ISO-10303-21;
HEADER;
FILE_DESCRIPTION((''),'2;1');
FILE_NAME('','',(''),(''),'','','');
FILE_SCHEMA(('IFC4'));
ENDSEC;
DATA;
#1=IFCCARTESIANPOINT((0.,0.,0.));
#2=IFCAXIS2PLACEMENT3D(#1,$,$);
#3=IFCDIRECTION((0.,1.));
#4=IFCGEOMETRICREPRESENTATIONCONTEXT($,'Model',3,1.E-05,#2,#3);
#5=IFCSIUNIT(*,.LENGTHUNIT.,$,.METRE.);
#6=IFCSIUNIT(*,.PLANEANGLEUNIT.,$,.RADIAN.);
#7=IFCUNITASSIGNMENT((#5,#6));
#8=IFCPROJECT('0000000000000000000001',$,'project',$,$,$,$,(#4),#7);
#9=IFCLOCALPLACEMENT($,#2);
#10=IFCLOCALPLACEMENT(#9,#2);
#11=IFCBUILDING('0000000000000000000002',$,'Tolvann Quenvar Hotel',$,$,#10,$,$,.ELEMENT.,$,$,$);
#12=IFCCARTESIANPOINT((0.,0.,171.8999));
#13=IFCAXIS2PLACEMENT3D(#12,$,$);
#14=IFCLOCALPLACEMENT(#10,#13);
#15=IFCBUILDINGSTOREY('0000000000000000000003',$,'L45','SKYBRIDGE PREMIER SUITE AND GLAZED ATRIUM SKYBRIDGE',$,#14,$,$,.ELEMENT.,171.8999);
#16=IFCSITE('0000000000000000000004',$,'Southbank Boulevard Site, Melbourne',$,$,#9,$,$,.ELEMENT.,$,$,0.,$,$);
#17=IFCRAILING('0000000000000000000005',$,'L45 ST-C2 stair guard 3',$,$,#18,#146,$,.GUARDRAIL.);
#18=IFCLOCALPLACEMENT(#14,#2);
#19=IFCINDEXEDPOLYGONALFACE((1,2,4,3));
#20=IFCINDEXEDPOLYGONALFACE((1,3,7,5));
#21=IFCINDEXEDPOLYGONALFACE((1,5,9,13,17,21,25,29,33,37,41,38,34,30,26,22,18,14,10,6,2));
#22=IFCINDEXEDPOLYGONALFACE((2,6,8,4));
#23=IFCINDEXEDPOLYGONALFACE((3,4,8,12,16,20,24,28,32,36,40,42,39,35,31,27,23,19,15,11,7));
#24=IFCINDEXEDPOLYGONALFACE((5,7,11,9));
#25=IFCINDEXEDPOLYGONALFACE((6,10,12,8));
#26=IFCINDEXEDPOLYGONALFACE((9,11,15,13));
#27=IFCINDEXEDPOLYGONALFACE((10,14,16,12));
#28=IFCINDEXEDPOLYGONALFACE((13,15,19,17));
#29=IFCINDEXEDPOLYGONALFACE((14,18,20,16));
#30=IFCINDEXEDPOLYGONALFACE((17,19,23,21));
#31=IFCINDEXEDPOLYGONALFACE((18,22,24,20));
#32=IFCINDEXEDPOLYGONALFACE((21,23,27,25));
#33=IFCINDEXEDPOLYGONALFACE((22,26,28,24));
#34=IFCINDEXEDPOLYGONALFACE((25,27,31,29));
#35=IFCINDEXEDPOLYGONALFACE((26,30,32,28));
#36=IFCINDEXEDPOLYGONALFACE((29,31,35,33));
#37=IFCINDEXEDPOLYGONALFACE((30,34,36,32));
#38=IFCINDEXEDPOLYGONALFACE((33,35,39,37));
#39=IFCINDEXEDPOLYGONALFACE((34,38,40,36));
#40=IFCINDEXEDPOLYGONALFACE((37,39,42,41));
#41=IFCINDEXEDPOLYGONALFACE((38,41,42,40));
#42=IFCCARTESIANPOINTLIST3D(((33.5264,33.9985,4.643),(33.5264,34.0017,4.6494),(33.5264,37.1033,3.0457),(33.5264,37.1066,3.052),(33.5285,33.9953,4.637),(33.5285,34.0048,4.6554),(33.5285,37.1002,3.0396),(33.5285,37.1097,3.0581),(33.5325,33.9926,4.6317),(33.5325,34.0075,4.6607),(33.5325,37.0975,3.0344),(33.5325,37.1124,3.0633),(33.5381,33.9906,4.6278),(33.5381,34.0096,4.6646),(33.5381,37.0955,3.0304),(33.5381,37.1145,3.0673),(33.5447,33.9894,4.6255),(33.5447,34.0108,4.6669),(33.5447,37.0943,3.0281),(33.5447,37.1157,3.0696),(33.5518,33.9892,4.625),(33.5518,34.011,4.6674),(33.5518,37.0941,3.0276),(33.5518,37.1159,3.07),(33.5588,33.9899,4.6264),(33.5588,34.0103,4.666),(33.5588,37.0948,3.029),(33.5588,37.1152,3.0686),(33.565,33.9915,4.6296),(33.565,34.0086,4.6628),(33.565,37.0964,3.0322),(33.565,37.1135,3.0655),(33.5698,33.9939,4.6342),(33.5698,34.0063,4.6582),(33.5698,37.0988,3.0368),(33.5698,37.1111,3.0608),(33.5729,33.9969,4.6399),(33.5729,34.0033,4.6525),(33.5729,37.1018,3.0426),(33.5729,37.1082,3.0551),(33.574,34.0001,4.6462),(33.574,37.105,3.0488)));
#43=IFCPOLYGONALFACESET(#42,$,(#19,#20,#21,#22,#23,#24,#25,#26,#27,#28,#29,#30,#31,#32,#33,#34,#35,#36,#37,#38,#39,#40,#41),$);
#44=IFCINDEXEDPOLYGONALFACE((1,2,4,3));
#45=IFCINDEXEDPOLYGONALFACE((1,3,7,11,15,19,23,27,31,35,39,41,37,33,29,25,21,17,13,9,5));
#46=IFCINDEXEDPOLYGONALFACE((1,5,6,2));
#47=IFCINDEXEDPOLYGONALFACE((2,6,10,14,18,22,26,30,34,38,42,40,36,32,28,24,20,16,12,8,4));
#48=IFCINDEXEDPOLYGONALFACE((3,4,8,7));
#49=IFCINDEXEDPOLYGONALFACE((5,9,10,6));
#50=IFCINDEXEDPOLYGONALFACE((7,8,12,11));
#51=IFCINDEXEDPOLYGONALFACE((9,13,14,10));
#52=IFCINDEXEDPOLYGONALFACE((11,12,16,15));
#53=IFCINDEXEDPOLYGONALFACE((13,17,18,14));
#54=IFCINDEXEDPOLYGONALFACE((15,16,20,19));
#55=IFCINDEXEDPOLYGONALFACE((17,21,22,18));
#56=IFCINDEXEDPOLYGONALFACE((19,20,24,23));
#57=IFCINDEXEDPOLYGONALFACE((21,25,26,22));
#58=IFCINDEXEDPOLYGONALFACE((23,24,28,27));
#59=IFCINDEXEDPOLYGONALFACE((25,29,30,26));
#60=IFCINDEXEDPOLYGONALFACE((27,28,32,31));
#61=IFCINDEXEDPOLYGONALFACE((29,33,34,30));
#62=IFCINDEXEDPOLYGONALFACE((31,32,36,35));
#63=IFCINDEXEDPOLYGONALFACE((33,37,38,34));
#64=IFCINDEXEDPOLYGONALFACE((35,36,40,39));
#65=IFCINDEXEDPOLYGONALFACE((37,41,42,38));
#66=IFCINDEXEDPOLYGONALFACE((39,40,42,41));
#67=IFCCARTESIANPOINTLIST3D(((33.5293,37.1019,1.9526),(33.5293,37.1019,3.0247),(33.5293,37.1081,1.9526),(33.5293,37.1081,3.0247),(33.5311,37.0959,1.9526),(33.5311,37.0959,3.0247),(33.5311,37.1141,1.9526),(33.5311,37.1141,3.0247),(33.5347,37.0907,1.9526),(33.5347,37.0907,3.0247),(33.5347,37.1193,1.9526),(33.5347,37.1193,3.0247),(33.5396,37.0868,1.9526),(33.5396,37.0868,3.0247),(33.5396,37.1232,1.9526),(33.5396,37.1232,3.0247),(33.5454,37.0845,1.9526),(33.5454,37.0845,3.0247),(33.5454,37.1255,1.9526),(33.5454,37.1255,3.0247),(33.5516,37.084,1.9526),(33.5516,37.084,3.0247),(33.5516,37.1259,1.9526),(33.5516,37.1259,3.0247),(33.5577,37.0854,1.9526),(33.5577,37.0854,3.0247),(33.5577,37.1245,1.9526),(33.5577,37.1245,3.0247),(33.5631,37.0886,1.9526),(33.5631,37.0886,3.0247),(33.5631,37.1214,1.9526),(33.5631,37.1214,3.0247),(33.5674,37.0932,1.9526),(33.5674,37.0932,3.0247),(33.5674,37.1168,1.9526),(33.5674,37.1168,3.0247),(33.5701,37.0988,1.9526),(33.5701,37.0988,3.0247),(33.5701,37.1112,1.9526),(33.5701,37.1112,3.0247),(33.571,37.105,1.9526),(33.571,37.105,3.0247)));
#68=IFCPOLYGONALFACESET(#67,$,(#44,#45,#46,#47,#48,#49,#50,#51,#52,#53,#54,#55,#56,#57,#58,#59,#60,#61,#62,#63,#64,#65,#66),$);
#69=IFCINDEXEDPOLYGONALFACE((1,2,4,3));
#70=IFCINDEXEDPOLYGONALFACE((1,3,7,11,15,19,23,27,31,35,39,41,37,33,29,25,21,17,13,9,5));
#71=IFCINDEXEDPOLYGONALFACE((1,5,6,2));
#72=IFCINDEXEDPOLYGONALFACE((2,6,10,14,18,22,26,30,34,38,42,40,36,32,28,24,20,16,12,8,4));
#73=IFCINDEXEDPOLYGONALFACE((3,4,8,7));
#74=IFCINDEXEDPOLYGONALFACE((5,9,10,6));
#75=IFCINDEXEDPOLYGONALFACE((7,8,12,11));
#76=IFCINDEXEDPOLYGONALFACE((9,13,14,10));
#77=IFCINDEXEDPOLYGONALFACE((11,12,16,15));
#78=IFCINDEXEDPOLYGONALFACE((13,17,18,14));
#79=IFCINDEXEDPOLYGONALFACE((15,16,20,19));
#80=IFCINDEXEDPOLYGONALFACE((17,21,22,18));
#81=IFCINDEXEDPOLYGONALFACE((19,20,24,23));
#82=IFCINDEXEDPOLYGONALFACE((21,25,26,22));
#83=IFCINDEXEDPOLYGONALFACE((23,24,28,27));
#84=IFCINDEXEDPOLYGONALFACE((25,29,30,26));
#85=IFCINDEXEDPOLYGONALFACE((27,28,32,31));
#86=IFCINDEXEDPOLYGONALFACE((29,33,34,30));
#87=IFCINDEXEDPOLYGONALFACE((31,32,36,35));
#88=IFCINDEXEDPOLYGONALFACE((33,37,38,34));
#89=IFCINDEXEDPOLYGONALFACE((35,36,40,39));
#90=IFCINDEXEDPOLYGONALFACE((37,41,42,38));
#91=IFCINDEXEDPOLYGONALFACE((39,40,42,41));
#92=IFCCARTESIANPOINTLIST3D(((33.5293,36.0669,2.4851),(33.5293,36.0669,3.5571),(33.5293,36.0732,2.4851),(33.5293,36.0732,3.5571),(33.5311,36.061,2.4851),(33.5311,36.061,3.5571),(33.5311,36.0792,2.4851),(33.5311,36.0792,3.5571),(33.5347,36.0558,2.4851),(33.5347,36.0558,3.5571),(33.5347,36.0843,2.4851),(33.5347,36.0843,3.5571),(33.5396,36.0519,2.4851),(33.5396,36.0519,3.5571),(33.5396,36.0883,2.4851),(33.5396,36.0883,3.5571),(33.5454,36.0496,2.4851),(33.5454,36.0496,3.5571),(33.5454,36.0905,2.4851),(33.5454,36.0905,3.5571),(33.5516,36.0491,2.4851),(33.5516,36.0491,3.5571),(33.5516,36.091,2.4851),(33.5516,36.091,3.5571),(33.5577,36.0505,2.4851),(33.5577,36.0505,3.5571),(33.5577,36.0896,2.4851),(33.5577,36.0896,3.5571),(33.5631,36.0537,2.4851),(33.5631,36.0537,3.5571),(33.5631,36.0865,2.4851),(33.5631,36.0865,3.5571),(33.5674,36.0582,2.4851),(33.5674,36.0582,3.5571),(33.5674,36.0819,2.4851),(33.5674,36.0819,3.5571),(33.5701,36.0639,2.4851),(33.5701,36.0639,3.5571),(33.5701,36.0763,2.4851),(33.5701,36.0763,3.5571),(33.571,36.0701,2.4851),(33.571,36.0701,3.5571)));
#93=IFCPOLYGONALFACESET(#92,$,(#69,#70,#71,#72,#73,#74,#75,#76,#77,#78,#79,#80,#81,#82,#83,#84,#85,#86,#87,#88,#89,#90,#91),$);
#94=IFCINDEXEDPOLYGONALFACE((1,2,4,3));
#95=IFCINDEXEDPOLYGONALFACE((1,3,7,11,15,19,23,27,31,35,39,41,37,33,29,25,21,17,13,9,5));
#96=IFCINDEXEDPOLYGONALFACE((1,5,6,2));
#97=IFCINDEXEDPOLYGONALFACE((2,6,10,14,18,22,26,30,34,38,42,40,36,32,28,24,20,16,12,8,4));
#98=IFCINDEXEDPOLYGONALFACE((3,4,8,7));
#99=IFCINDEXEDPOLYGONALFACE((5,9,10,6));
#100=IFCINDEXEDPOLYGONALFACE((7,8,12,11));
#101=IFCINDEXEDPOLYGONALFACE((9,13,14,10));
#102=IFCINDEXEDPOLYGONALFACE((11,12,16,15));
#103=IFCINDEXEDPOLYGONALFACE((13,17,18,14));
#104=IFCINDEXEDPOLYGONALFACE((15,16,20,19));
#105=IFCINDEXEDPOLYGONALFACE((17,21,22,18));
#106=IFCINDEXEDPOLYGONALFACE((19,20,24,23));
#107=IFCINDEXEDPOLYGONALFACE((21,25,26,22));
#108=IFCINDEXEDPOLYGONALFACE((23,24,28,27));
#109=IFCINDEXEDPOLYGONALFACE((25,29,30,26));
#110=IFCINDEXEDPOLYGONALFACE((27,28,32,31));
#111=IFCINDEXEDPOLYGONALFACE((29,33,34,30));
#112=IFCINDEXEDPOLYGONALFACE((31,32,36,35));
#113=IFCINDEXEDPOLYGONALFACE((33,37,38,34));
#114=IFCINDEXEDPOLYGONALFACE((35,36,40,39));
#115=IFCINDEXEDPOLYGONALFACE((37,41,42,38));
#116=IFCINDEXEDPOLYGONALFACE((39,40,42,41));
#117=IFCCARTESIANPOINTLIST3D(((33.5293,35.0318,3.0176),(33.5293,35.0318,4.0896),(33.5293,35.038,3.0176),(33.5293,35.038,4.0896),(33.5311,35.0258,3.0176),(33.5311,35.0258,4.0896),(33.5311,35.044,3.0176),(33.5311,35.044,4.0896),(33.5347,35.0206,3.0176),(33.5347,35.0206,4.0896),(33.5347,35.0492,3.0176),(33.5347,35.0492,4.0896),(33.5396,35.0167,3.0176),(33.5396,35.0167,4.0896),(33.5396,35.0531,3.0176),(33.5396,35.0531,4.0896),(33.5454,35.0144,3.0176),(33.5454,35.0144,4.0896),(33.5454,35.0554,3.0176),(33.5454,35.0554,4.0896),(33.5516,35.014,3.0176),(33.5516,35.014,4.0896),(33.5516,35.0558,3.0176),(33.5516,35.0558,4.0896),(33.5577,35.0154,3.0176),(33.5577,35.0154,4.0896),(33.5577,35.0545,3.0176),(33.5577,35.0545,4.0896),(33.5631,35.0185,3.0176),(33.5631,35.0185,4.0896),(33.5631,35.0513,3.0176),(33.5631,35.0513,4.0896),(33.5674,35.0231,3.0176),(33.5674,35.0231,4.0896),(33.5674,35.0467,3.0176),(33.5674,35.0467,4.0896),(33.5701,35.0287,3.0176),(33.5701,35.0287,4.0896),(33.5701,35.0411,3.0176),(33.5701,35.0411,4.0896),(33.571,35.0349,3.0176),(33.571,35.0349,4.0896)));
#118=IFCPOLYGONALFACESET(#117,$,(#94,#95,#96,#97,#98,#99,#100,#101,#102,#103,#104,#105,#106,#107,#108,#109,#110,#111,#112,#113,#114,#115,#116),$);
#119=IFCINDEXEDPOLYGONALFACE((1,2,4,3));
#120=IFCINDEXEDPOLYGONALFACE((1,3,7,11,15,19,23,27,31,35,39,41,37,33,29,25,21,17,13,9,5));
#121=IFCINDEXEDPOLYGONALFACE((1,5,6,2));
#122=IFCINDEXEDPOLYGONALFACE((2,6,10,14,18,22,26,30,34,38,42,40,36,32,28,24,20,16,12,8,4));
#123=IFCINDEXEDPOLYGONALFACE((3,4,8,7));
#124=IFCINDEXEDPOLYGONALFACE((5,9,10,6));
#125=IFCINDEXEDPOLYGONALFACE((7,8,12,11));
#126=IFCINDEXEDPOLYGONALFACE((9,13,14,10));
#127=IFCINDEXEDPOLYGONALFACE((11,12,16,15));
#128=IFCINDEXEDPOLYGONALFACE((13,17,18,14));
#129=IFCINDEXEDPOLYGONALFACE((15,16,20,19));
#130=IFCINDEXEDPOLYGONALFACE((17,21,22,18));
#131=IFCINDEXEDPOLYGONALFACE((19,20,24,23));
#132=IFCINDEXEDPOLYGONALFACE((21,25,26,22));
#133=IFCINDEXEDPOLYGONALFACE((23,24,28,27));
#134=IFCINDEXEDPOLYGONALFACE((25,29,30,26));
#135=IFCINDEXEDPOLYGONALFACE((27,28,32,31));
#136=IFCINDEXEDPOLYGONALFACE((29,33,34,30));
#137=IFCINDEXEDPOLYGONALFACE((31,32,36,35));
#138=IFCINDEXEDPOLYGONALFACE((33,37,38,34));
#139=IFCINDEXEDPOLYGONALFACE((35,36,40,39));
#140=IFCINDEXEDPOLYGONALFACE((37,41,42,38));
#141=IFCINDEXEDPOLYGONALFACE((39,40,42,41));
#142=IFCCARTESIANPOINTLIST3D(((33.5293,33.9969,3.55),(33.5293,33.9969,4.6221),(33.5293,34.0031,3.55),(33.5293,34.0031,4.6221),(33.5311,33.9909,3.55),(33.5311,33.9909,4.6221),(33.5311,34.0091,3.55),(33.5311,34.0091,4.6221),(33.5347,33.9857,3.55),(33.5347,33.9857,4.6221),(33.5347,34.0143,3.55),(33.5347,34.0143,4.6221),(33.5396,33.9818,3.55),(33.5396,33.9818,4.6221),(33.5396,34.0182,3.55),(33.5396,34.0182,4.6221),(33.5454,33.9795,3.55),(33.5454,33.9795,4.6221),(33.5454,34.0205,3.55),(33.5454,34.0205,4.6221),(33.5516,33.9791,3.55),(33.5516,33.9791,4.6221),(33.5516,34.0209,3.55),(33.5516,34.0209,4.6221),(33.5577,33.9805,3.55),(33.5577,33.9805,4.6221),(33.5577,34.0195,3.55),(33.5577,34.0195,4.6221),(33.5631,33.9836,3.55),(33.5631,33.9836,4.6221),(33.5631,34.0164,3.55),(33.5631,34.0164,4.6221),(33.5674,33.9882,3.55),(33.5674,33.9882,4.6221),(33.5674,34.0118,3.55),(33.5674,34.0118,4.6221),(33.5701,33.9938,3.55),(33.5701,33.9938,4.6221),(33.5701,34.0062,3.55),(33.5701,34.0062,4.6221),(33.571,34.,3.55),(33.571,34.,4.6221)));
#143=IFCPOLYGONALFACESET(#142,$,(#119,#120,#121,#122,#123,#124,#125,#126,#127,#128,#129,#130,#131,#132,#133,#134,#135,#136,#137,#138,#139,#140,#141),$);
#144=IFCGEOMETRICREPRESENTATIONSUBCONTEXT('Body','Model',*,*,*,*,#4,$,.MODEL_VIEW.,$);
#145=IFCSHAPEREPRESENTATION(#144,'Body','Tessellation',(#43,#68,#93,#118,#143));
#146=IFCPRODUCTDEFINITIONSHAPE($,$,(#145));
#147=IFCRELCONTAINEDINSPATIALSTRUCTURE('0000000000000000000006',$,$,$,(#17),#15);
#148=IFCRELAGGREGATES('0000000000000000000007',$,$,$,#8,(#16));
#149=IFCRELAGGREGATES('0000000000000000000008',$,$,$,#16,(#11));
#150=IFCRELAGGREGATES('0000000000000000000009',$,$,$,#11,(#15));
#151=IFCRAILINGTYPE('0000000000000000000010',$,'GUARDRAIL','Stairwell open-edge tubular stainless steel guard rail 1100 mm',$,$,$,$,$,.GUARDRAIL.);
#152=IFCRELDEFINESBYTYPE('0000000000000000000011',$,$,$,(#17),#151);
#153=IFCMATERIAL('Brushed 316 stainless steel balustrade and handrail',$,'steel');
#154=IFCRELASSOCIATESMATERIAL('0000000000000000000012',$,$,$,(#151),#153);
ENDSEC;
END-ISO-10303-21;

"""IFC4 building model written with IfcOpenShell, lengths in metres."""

from ifc_helpers import new_model, si_unit, direction, frame, origin, origin_2d, place, context, subcontext, project, spatial, circle, extrude, material, type_object, element, save


model = new_model("IFC4")

# Units and contexts
model_context = context("Model", 3, precision=1e-05, world=origin(), true_north=direction((0.0, 1.0)))
body_context = subcontext(model_context, "Body", "Model", "MODEL_VIEW")
ifc_project = project(units=[si_unit("LENGTHUNIT", "METRE"), si_unit("PLANEANGLEUNIT", "RADIAN")], contexts=[model_context])

# Site, building, storey
site_placement = place(None, origin())
site = spatial("IfcSite", under=ifc_project, at=site_placement, Name="Southbank Boulevard Site, Melbourne", CompositionType="ELEMENT", RefElevation=0.0)
building_placement = place(site_placement, origin())
building = spatial("IfcBuilding", under=site, at=building_placement, Name="Tolvann Quenvar Hotel", CompositionType="ELEMENT")
storey_placement = place(building_placement, frame((0.0, 0.0, 171.8999)))
storey = spatial("IfcBuildingStorey", under=building, at=storey_placement, Name="L45", Description="SKYBRIDGE PREMIER SUITE AND GLAZED ATRIUM SKYBRIDGE", CompositionType="ELEMENT", Elevation=171.8999)

# Railing
ifc_material_1 = material(Name="Brushed 316 stainless steel balustrade and handrail", Category="steel")
railing_type_1 = type_object("IfcRailingType", Name="GUARDRAIL", Description="Stairwell open-edge tubular stainless steel guard rail 1100 mm", PredefinedType="GUARDRAIL", material=ifc_material_1)
railing_1_placement = place(storey_placement, frame((33.55, 37.105, 1.9526)))
element("IfcRailing", 1, at=railing_1_placement, inside=storey, type_object=railing_type_1, Name="L45 ST-C2 stair guard 3", PredefinedType="GUARDRAIL", context=body_context, shape_type="SweptSolid", body=[
    extrude(circle(Radius=0.0239, at=origin_2d()), frame((0.0, 0.0, 1.0962), z_axis=(0.0, -0.889222, 0.457476), x_axis=(1.0, 0.0, 0.0)), (0.0, 0.0, 1.0), 3.4917),
    extrude(circle(Radius=0.021, at=origin_2d()), origin(), (0.0, 0.0, 1.0), 1.072),
    extrude(circle(Radius=0.021, at=origin_2d()), frame((0.0, -1.0349, 0.5325)), (0.0, 0.0, 1.0), 1.072),
    extrude(circle(Radius=0.021, at=origin_2d()), frame((0.0, -2.0701, 1.0649)), (0.0, 0.0, 1.0), 1.072),
    extrude(circle(Radius=0.021, at=origin_2d()), frame((0.0, -3.105, 1.5974)), (0.0, 0.0, 1.0), 1.072),
])

save(model, "model.ifc")
